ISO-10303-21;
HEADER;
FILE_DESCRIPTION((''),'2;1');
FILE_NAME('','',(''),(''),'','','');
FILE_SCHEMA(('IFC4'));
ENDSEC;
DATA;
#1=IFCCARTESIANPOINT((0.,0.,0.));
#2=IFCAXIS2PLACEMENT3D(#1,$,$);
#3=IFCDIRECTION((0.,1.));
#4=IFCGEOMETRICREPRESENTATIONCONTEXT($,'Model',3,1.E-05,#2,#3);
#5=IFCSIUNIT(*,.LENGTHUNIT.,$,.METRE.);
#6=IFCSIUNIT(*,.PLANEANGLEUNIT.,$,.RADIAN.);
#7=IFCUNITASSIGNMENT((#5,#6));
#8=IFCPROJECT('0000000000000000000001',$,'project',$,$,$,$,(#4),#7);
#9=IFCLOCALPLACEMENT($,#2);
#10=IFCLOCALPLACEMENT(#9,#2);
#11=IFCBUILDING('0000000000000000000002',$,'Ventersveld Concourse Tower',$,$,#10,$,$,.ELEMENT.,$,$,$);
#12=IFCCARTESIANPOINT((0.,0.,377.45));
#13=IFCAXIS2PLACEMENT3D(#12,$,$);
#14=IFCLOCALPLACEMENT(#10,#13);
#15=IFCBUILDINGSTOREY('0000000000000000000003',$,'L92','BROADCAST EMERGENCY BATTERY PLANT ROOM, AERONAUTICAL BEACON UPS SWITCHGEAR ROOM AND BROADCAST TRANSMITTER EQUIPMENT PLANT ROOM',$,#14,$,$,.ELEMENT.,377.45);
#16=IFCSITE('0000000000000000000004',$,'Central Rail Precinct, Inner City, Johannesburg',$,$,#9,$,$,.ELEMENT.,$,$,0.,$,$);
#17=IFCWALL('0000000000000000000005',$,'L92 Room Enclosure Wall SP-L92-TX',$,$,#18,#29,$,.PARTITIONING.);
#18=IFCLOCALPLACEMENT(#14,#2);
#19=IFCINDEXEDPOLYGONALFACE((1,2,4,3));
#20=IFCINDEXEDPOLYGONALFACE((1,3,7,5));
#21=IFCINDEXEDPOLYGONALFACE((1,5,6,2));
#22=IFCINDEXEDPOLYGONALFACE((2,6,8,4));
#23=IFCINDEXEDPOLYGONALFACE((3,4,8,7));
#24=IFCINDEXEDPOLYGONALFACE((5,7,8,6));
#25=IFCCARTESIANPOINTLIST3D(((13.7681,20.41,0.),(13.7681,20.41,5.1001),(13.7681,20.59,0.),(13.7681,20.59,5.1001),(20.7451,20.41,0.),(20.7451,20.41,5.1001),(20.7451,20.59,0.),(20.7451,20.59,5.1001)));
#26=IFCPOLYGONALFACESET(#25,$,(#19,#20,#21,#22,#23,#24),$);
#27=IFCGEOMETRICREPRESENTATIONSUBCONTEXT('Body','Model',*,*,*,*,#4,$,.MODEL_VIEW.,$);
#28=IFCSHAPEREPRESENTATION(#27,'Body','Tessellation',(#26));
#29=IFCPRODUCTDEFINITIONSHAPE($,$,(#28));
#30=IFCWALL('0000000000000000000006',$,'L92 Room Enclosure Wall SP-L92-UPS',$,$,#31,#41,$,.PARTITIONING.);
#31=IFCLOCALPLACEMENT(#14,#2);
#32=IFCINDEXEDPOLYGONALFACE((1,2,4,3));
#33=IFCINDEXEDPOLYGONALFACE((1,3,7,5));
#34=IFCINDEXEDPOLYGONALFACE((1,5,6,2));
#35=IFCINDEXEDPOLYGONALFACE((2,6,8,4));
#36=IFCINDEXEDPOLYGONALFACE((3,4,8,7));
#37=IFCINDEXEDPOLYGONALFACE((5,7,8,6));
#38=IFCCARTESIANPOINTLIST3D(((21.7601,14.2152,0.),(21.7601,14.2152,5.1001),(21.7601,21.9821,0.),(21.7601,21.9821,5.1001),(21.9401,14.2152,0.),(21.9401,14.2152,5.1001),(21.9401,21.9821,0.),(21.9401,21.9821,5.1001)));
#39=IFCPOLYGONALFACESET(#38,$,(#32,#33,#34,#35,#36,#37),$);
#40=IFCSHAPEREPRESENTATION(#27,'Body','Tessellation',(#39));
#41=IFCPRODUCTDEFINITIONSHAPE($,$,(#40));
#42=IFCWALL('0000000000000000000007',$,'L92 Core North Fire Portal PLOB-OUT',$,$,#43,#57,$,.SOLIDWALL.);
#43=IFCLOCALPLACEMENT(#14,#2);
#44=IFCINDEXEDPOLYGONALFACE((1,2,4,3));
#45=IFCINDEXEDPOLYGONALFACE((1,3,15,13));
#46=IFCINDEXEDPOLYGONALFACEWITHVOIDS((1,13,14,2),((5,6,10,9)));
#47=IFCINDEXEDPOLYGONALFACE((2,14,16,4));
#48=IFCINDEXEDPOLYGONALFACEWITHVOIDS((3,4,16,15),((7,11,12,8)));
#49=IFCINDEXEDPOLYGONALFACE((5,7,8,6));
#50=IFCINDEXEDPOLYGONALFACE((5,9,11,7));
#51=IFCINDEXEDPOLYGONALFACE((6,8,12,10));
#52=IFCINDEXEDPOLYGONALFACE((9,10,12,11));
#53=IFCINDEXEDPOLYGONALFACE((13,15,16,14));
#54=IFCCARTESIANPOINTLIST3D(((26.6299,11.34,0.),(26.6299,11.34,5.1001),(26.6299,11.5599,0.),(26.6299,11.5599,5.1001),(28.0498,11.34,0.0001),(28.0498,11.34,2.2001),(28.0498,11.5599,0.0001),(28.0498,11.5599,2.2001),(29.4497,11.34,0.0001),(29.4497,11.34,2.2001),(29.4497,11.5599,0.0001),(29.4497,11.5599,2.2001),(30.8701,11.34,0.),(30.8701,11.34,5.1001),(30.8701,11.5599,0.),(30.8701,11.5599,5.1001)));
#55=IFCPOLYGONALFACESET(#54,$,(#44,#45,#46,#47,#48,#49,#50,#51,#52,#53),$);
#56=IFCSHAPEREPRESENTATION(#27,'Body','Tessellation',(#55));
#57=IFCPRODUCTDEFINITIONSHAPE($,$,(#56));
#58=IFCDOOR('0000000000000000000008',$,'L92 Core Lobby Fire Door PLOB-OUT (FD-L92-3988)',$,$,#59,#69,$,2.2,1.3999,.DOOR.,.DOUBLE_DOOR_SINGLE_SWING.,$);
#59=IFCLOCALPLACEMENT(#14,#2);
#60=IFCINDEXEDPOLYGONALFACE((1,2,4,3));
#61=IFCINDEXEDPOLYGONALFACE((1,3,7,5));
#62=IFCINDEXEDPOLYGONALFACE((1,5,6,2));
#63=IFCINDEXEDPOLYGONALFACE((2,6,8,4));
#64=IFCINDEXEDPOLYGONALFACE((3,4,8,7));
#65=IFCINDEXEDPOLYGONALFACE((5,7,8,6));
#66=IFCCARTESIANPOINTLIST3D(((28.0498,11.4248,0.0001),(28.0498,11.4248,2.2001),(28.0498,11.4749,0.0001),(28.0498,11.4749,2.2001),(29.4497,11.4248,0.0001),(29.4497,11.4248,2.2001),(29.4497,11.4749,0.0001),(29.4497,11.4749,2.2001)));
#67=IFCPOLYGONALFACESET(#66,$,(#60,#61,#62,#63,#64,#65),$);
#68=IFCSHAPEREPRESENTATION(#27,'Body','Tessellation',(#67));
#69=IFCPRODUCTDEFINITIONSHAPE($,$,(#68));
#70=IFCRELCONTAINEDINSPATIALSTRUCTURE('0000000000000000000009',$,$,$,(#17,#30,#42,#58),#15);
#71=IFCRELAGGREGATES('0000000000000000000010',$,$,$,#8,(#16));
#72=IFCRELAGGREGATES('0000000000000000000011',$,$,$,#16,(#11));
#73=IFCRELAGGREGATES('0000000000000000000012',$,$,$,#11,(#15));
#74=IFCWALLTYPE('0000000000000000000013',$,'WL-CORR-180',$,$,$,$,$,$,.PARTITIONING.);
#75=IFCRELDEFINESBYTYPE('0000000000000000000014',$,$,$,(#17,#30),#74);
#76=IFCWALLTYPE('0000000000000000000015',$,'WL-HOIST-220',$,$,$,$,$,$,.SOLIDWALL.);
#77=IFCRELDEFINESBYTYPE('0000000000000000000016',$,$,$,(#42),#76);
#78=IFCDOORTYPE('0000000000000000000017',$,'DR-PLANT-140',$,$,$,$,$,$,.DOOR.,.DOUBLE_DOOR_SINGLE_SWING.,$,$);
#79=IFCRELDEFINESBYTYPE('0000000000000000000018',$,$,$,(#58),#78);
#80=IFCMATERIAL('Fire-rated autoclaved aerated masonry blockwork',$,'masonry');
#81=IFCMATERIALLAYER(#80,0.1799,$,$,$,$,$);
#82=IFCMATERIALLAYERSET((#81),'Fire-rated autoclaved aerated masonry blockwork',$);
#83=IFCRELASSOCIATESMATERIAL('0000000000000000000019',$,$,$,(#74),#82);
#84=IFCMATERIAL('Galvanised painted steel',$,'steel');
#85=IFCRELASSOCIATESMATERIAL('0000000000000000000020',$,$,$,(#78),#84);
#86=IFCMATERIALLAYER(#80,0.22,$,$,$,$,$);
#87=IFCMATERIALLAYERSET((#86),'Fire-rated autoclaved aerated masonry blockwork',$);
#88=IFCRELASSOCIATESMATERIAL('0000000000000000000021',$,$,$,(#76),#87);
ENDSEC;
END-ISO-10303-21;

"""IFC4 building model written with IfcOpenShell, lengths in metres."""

from ifc_helpers import new_model, si_unit, direction, frame, frame_2d, origin, place, context, subcontext, project, spatial, rectangle, extrude, material, layer, layer_set, type_object, element, fill, save


model = new_model("IFC4")

# Units and contexts
model_context = context("Model", 3, precision=1e-05, world=origin(), true_north=direction((0.0, 1.0)))
body_context = subcontext(model_context, "Body", "Model", "MODEL_VIEW")
ifc_project = project(units=[si_unit("LENGTHUNIT", "METRE"), si_unit("PLANEANGLEUNIT", "RADIAN")], contexts=[model_context])

# Site, building, storey
site_placement = place(None, origin())
site = spatial("IfcSite", under=ifc_project, at=site_placement, Name="Central Rail Precinct, Inner City, Johannesburg", CompositionType="ELEMENT", RefElevation=0.0)
building_placement = place(site_placement, origin())
building = spatial("IfcBuilding", under=site, at=building_placement, Name="Ventersveld Concourse Tower", CompositionType="ELEMENT")
storey_placement = place(building_placement, frame((0.0, 0.0, 377.45)))
storey = spatial("IfcBuildingStorey", under=building, at=storey_placement, Name="L92", Description="BROADCAST EMERGENCY BATTERY PLANT ROOM, AERONAUTICAL BEACON UPS SWITCHGEAR ROOM AND BROADCAST TRANSMITTER EQUIPMENT PLANT ROOM", CompositionType="ELEMENT", Elevation=377.45)

# Shared definitions
ifc_material_1 = material(Name="Fire-rated autoclaved aerated masonry blockwork", Category="masonry")
ifc_layer_1 = layer(ifc_material_1, 0.1799)
ifc_layer_set_1 = layer_set([ifc_layer_1], Name="Fire-rated autoclaved aerated masonry blockwork")
wall_type_1 = type_object("IfcWallType", Name="WL-CORR-180", PredefinedType="PARTITIONING", material=ifc_layer_set_1)
ifc_material_2 = material(Name="Galvanised painted steel", Category="steel")
door_type = type_object("IfcDoorType", Name="DR-PLANT-140", OperationType="DOUBLE_DOOR_SINGLE_SWING", PredefinedType="DOOR", material=ifc_material_2)

# Walls
wall_1_placement = place(storey_placement, frame((20.7451, 20.5, 0.0), z_axis=(0.0, 0.0, 1.0), x_axis=(-1.0, 0.0, 0.0)))
element("IfcWall", 1, at=wall_1_placement, inside=storey, type_object=wall_type_1, Name="L92 Room Enclosure Wall SP-L92-TX", PredefinedType="PARTITIONING", context=body_context, shape_type="SweptSolid", body=[
    extrude(rectangle(XDim=6.9771, YDim=0.1799, at=frame_2d((3.4885, 0.0))), origin(), (0.0, 0.0, 1.0), 5.1001),
])
wall_2_placement = place(storey_placement, frame((21.8501, 21.9819, 0.0), z_axis=(0.0, 0.0, 1.0), x_axis=(0.0, -1.0, 0.0)))
element("IfcWall", 2, at=wall_2_placement, inside=storey, type_object=wall_type_1, Name="L92 Room Enclosure Wall SP-L92-UPS", PredefinedType="PARTITIONING", context=body_context, shape_type="SweptSolid", body=[
    extrude(rectangle(XDim=7.7668, YDim=0.1799, at=frame_2d((3.8833, 0.0))), origin(), (0.0, 0.0, 1.0), 5.1001),
])

# Wall, opening, door
ifc_layer_2 = layer(ifc_material_1, 0.22)
ifc_layer_set_2 = layer_set([ifc_layer_2], Name="Fire-rated autoclaved aerated masonry blockwork")
wall_type_2 = type_object("IfcWallType", Name="WL-HOIST-220", PredefinedType="SOLIDWALL", material=ifc_layer_set_2)
wall_3_placement = place(storey_placement, frame((26.6299, 11.45, 0.0), z_axis=(0.0, 0.0, 1.0), x_axis=(1.0, 0.0, 0.0)))
wall_3 = element("IfcWall", 3, at=wall_3_placement, inside=storey, type_object=wall_type_2, Name="L92 Core North Fire Portal PLOB-OUT", PredefinedType="SOLIDWALL", context=body_context, shape_type="SweptSolid", body=[
    extrude(rectangle(XDim=4.2402, YDim=0.22, at=frame_2d((2.1201, 0.0))), origin(), (0.0, 0.0, 1.0), 5.1001),
])
opening_1_placement = place(wall_3_placement, frame((1.4199, 0.0, 0.0)))
opening_1 = element("IfcOpeningElement", 4, at=opening_1_placement, cuts=wall_3, PredefinedType="OPENING", context=body_context, shape_type="SweptSolid", body=[
    extrude(rectangle(XDim=1.3999, YDim=2.2, at=frame_2d((0.7, 1.1001))), frame((0.0, 0.1201, 0.0), z_axis=(0.0, -1.0, 0.0), x_axis=(1.0, 0.0, 0.0)), (0.0, 0.0, 1.0), 0.24),
])
door_1_placement = place(opening_1_placement, origin())
door_1 = element("IfcDoor", 5, at=door_1_placement, inside=storey, type_object=door_type, Name="L92 Core Lobby Fire Door PLOB-OUT (FD-L92-3988)", OperationType="DOUBLE_DOOR_SINGLE_SWING", OverallHeight=2.2, OverallWidth=1.3999, PredefinedType="DOOR", context=body_context, shape_type="SweptSolid", body=[
    extrude(rectangle(XDim=1.3999, YDim=2.2, at=frame_2d((0.7, 1.1001))), frame((0.0, 0.0249, 0.0), z_axis=(0.0, -1.0, 0.0), x_axis=(1.0, 0.0, 0.0)), (0.0, 0.0, 1.0), 0.05),
])
fill(opening_1, door_1)

save(model, "model.ifc")
